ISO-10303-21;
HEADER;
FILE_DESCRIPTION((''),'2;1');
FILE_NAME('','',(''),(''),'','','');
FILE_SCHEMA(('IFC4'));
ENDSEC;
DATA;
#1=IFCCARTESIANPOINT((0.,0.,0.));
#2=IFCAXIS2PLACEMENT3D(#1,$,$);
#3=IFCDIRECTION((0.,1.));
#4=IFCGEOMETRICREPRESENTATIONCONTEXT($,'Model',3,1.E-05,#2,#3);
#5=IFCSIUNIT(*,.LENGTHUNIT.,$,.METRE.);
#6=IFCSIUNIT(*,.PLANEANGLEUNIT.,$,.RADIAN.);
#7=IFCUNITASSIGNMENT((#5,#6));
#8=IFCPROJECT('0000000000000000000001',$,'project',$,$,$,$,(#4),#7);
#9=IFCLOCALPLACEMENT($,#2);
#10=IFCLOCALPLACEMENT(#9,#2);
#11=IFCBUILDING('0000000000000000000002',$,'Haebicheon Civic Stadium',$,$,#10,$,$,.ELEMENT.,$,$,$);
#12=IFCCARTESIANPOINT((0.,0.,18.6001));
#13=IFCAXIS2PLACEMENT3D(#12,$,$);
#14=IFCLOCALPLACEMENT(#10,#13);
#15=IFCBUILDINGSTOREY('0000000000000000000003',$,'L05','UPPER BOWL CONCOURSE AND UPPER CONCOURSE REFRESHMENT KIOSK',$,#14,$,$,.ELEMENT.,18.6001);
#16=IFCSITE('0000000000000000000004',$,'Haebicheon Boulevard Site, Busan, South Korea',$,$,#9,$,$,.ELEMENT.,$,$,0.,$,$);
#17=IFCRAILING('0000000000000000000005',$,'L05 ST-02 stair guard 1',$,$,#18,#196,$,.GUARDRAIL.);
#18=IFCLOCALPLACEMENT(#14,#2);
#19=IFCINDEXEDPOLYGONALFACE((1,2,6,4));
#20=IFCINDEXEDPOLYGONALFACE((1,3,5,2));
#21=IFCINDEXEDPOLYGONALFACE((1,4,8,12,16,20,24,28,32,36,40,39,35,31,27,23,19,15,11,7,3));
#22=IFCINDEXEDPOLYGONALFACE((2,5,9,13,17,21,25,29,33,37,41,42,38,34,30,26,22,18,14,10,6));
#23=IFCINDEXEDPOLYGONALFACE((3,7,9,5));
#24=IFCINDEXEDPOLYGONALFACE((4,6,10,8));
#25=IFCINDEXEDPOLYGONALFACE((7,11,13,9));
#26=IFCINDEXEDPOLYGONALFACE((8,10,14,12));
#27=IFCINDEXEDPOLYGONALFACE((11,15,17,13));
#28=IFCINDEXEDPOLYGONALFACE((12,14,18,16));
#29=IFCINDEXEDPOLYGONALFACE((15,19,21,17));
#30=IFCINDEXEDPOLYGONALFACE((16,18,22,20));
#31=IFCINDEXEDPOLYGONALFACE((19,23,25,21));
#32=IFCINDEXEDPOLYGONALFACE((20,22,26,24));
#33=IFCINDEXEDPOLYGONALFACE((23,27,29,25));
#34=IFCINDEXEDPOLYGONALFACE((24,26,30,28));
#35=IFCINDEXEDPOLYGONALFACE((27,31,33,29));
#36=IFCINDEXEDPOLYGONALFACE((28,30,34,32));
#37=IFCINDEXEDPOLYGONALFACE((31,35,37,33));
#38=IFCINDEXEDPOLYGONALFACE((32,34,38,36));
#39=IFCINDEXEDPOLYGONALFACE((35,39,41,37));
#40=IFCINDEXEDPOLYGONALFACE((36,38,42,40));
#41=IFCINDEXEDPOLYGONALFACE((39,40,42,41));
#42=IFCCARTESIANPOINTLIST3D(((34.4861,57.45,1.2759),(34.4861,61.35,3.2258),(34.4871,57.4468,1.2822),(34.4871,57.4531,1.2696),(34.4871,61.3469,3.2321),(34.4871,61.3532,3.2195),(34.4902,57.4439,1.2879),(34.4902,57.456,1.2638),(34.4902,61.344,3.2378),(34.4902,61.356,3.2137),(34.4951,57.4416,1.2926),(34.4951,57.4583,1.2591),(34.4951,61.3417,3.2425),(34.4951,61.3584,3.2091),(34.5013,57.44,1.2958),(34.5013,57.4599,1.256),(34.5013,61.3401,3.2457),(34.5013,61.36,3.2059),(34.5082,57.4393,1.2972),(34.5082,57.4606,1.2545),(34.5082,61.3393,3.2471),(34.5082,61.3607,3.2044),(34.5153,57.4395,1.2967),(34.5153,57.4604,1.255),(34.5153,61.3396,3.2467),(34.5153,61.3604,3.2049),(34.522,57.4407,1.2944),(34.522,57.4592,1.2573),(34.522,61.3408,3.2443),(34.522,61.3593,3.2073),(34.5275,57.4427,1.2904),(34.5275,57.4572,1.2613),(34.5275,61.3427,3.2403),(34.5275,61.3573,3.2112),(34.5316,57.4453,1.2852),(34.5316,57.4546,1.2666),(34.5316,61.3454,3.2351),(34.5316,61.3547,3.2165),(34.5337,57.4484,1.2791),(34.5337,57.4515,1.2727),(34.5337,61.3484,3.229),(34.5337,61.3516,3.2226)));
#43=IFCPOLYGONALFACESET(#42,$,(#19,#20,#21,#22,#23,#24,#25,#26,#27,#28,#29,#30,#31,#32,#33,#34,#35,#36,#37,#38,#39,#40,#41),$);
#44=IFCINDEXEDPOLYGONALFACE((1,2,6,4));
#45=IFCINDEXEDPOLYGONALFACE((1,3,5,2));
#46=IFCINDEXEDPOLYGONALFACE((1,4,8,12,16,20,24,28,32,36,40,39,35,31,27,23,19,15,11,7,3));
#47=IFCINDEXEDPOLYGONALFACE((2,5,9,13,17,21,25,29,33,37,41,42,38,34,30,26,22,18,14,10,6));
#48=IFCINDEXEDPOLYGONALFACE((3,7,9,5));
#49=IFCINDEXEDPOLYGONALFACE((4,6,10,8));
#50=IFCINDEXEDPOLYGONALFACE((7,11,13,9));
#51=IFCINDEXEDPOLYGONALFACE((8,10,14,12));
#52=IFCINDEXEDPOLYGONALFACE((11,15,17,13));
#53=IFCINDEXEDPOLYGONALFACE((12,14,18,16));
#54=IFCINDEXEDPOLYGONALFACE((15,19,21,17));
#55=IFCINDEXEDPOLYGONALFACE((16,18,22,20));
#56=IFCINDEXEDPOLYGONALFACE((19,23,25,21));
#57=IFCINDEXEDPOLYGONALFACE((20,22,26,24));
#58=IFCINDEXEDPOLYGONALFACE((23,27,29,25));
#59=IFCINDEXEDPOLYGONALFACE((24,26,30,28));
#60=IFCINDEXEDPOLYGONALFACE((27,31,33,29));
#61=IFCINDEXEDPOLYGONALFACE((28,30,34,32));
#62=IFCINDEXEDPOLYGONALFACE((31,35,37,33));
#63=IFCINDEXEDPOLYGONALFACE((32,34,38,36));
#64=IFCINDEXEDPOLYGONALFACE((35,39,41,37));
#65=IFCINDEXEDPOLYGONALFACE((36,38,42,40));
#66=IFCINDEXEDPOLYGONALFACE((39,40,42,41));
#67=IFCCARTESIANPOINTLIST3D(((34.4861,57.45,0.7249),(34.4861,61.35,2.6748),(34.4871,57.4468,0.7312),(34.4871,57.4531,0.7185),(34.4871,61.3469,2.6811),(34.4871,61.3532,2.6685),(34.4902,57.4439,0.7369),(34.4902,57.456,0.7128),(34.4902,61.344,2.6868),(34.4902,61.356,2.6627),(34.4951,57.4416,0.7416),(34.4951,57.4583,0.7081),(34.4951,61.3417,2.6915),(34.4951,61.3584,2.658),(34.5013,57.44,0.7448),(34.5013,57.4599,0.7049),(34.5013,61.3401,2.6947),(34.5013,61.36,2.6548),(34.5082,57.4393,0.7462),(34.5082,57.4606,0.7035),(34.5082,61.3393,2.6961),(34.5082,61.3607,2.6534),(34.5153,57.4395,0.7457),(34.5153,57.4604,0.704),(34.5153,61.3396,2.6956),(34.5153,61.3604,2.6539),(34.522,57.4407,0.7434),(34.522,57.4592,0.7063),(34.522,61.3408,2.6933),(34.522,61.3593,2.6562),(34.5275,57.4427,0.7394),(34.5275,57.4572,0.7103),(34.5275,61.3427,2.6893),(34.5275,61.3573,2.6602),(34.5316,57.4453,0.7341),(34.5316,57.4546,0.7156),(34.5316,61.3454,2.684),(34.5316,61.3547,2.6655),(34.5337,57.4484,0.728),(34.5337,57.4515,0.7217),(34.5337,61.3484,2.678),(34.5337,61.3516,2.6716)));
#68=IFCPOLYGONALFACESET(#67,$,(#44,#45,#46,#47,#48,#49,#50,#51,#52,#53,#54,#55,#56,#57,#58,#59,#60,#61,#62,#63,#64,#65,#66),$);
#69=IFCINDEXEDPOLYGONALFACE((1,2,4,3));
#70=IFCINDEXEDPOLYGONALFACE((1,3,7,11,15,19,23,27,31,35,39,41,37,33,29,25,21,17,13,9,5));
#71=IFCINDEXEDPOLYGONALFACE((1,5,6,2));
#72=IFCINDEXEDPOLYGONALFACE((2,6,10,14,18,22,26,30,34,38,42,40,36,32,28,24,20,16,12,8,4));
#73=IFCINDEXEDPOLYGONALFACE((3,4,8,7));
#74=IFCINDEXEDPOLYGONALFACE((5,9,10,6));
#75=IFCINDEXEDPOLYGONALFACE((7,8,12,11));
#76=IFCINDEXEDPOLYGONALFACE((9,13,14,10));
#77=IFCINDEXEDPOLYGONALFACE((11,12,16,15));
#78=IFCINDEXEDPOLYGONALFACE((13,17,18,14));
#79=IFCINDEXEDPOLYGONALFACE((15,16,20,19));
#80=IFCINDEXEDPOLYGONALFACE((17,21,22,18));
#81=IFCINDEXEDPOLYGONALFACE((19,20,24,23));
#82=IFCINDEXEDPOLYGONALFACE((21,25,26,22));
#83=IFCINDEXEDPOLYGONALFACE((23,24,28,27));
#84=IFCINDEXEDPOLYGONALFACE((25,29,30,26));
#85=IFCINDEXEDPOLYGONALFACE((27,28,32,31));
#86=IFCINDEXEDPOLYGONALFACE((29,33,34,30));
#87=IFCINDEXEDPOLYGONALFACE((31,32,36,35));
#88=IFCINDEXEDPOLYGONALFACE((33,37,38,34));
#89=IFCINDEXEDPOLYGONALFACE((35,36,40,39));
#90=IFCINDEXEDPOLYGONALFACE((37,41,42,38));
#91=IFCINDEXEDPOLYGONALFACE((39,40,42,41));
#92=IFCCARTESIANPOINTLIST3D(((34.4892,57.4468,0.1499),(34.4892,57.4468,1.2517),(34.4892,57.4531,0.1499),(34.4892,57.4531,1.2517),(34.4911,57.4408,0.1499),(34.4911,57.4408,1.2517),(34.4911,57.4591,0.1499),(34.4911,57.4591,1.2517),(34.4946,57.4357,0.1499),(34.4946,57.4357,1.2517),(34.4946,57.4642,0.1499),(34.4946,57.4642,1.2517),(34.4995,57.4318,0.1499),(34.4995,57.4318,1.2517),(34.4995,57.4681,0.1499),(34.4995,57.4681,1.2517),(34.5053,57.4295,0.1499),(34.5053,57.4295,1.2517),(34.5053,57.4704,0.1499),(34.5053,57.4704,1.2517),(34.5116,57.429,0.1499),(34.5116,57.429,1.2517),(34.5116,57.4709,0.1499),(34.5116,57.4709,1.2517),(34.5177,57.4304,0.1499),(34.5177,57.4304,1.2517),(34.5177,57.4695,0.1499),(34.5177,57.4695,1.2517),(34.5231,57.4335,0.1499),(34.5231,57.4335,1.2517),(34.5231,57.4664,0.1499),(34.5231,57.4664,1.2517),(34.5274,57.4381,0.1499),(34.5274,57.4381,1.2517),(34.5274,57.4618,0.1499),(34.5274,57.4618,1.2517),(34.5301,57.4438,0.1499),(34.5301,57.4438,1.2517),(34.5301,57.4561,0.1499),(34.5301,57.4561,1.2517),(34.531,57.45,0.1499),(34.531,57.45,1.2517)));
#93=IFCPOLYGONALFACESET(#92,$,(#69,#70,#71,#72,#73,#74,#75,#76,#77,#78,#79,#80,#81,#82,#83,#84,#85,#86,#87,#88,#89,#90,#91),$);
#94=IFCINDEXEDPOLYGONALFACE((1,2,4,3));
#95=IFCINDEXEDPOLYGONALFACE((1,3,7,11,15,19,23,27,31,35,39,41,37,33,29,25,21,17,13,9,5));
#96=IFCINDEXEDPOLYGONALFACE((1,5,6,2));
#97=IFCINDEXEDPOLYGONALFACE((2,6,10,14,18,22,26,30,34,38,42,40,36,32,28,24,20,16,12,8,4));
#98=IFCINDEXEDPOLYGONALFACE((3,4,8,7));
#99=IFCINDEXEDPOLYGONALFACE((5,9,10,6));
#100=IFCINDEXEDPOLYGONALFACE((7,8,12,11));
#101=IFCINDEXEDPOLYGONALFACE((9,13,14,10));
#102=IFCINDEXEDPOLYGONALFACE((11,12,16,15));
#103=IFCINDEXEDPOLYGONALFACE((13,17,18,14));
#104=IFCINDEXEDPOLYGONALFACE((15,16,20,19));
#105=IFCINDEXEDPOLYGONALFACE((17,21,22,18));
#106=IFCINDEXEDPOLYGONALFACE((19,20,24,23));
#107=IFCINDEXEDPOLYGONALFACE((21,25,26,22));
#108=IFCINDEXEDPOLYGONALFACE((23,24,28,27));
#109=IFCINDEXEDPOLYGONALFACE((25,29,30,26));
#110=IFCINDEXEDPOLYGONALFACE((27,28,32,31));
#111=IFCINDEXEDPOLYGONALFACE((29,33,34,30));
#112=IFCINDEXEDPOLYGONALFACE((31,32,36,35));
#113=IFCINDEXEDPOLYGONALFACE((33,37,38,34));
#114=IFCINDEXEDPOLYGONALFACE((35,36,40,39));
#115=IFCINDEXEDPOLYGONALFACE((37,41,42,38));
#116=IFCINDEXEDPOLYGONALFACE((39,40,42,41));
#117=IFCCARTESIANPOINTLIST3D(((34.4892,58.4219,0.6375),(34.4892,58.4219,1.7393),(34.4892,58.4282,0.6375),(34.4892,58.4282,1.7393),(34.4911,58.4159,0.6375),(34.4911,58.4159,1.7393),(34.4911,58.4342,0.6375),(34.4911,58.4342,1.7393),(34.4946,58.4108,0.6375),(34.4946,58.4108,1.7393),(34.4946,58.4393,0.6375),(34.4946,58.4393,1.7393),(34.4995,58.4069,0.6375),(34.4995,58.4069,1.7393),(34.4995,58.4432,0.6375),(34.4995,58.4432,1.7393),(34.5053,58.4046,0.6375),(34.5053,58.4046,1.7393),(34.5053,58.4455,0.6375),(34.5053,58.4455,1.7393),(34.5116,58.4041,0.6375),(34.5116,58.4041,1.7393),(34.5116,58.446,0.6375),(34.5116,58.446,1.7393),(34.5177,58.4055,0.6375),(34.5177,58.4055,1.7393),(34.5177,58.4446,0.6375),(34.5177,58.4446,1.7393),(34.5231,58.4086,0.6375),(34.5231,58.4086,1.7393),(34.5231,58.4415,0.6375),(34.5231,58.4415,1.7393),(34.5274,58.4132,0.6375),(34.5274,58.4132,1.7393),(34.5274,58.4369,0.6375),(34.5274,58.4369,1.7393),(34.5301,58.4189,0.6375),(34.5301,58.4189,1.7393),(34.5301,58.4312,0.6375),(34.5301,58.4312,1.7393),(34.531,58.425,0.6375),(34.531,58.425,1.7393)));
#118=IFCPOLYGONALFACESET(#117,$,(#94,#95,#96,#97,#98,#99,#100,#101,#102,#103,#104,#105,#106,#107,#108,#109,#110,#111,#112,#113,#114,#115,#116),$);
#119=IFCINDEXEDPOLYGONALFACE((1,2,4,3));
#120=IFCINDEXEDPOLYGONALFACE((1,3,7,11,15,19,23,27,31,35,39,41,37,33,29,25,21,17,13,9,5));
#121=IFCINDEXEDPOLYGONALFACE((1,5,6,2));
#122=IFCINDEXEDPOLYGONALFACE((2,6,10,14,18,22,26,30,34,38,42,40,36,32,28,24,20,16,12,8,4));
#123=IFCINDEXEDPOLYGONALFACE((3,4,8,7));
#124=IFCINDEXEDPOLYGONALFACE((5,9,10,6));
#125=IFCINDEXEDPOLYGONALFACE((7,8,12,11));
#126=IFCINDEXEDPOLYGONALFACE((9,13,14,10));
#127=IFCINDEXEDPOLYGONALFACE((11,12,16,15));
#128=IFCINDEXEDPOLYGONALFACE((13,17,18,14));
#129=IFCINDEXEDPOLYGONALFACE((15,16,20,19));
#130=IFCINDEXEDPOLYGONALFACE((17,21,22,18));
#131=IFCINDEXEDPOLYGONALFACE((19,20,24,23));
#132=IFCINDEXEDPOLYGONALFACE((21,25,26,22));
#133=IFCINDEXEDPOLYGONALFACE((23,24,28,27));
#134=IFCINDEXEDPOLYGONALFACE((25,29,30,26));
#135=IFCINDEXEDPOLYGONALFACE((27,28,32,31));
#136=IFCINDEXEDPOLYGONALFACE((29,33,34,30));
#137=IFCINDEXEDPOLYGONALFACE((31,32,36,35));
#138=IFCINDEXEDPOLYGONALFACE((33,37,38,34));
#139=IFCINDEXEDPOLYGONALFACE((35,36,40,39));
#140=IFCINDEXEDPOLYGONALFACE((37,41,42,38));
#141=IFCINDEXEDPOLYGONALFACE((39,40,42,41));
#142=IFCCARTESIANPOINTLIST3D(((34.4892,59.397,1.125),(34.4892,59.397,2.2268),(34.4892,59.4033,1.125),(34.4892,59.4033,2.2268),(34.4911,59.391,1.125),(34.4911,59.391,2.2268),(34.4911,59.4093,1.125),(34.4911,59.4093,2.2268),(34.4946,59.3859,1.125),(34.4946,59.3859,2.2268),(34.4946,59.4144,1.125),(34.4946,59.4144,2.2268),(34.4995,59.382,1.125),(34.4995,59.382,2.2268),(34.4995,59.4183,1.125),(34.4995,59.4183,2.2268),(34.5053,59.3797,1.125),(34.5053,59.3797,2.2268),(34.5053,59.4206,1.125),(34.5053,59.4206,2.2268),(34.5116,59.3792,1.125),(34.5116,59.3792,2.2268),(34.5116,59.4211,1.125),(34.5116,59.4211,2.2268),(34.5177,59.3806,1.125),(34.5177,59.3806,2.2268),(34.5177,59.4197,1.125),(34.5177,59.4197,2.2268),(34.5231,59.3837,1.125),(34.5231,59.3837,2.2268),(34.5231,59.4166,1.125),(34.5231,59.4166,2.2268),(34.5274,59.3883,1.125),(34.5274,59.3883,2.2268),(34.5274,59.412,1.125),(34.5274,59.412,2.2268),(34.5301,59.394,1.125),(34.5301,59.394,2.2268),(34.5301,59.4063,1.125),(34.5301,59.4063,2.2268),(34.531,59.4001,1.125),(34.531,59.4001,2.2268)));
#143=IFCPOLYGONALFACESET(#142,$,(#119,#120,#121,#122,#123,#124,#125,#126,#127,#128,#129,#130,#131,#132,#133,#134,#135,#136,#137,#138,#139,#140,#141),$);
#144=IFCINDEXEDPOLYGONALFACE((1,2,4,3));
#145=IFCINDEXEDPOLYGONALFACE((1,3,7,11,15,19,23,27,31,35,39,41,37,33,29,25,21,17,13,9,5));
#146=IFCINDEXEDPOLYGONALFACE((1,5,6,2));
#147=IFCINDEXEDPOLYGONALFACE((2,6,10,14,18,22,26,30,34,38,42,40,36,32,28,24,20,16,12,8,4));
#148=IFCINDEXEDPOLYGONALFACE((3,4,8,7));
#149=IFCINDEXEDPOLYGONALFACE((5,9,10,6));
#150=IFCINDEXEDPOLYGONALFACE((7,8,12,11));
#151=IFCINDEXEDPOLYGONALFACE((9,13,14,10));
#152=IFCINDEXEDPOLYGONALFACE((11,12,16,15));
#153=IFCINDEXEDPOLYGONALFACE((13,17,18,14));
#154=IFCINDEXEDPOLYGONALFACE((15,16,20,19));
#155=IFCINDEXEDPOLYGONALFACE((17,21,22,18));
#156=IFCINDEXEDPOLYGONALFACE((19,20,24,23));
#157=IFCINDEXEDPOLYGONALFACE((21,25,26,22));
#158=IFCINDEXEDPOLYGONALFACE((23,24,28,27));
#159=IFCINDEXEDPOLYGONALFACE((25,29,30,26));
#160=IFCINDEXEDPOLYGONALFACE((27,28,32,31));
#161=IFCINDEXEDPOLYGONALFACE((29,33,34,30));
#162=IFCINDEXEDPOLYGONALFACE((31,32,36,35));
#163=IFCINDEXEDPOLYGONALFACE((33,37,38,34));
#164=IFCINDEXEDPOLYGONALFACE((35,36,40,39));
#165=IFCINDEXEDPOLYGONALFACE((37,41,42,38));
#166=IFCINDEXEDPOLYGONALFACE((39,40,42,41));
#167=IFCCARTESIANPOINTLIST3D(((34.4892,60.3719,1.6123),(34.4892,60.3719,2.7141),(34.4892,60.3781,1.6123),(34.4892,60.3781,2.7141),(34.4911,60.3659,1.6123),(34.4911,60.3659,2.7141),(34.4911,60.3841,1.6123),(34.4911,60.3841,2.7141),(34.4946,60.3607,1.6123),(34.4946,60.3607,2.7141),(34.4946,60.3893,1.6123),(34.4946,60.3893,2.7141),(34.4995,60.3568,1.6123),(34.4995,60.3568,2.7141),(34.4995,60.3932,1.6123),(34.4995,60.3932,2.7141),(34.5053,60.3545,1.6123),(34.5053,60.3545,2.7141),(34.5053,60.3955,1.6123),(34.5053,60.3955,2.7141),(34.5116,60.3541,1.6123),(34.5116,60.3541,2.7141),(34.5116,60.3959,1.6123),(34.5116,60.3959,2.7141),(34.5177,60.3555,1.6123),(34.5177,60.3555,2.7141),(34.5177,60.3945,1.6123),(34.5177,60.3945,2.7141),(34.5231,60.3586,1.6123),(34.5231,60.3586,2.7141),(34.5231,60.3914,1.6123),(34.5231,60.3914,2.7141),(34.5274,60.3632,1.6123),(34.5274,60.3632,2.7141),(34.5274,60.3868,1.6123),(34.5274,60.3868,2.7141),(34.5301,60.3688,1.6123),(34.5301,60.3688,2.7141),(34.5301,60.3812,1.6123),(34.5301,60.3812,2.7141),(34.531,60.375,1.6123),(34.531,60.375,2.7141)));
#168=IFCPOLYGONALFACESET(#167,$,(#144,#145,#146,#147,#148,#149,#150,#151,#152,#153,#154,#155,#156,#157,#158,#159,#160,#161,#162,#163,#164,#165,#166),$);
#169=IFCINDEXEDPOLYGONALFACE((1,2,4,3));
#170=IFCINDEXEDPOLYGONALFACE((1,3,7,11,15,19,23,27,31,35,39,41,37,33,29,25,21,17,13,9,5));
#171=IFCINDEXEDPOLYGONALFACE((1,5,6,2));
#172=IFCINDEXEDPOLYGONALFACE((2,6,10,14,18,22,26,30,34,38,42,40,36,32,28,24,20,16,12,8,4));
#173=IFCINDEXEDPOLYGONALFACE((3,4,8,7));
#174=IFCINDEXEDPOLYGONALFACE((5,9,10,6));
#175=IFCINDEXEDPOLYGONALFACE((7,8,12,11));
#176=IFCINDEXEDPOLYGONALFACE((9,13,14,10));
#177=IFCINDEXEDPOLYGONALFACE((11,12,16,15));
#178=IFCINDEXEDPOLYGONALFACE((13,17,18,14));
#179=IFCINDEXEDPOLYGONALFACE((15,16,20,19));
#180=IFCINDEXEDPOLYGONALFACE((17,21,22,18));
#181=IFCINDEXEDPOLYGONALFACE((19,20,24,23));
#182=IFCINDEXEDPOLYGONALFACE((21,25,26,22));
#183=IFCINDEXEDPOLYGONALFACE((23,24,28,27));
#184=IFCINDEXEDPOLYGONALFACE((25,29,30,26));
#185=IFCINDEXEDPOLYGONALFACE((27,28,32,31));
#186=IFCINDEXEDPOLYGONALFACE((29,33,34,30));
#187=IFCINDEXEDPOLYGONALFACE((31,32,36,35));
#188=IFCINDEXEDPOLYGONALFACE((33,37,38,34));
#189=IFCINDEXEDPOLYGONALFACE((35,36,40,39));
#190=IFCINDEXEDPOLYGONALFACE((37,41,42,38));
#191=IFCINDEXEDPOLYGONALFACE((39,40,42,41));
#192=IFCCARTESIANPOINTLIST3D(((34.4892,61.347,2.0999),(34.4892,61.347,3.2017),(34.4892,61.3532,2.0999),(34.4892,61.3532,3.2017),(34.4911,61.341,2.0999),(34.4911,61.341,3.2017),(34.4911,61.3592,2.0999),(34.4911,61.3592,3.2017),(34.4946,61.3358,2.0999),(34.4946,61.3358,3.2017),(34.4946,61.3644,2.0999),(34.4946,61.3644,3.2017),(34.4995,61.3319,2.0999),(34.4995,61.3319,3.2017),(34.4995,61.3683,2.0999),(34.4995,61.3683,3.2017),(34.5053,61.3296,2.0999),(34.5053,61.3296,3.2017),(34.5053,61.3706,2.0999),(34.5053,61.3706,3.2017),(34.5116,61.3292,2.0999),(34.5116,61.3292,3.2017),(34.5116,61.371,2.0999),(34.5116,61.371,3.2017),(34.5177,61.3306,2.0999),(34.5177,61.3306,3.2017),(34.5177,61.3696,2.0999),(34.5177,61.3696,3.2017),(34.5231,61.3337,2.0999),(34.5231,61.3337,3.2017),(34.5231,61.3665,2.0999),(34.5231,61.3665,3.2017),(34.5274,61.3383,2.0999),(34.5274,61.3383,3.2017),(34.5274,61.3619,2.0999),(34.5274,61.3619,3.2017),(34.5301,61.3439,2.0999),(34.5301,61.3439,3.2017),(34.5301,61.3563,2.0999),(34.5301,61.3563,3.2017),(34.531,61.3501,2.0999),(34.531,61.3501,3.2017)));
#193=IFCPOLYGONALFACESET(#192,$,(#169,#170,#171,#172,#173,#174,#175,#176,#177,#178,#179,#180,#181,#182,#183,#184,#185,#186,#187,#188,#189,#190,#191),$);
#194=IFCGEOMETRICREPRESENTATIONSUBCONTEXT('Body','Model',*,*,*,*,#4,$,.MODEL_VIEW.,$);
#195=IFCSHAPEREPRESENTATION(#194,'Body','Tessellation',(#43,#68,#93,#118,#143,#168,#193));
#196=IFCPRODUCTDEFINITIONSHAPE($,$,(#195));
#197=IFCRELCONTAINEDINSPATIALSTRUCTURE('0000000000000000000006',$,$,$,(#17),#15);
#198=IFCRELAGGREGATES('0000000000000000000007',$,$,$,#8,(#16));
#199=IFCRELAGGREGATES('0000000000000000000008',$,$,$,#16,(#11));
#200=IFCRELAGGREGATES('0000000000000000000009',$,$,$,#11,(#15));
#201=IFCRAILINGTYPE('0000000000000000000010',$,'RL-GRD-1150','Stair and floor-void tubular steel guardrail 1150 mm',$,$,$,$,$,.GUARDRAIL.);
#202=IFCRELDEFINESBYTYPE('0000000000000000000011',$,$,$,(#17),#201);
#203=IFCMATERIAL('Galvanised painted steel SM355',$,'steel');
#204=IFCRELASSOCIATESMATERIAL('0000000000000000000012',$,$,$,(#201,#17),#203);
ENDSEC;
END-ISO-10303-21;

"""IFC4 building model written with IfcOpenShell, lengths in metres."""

from ifc_helpers import new_model, si_unit, direction, frame, origin, origin_2d, place, context, subcontext, project, spatial, circle, extrude, material, type_object, element, save


model = new_model("IFC4")

# Units and contexts
model_context = context("Model", 3, precision=1e-05, world=origin(), true_north=direction((0.0, 1.0)))
body_context = subcontext(model_context, "Body", "Model", "MODEL_VIEW")
ifc_project = project(units=[si_unit("LENGTHUNIT", "METRE"), si_unit("PLANEANGLEUNIT", "RADIAN")], contexts=[model_context])

# Site, building, storey
site_placement = place(None, origin())
site = spatial("IfcSite", under=ifc_project, at=site_placement, Name="Haebicheon Boulevard Site, Busan, South Korea", CompositionType="ELEMENT", RefElevation=0.0)
building_placement = place(site_placement, origin())
building = spatial("IfcBuilding", under=site, at=building_placement, Name="Haebicheon Civic Stadium", CompositionType="ELEMENT")
storey_placement = place(building_placement, frame((0.0, 0.0, 18.6001)))
storey = spatial("IfcBuildingStorey", under=building, at=storey_placement, Name="L05", Description="UPPER BOWL CONCOURSE AND UPPER CONCOURSE REFRESHMENT KIOSK", CompositionType="ELEMENT", Elevation=18.6001)

# Railing
ifc_material_1 = material(Name="Galvanised painted steel SM355", Category="steel")
railing_type_1 = type_object("IfcRailingType", Name="RL-GRD-1150", Description="Stair and floor-void tubular steel guardrail 1150 mm", PredefinedType="GUARDRAIL", material=ifc_material_1)
railing_1_placement = place(storey_placement, frame((34.51, 57.45, 0.1499)))
element("IfcRailing", 1, at=railing_1_placement, inside=storey, type_object=railing_type_1, material=ifc_material_1, Name="L05 ST-02 stair guard 1", PredefinedType="GUARDRAIL", context=body_context, shape_type="SweptSolid", body=[
    extrude(circle(Radius=0.0239, at=origin_2d()), frame((0.0, 0.0, 1.126), z_axis=(0.0, 0.894438, 0.447191), x_axis=(-1.0, 0.0, 0.0)), (0.0, 0.0, 1.0), 4.3604),
    extrude(circle(Radius=0.0239, at=origin_2d()), frame((0.0, 0.0, 0.575), z_axis=(0.0, 0.894438, 0.447191), x_axis=(-1.0, 0.0, 0.0)), (0.0, 0.0, 1.0), 4.3604),
    extrude(circle(Radius=0.021, at=origin_2d()), origin(), (0.0, 0.0, 1.0), 1.1018),
    extrude(circle(Radius=0.021, at=origin_2d()), frame((0.0, 0.9751, 0.4875)), (0.0, 0.0, 1.0), 1.1018),
    extrude(circle(Radius=0.021, at=origin_2d()), frame((0.0, 1.9502, 0.9751)), (0.0, 0.0, 1.0), 1.1018),
    extrude(circle(Radius=0.021, at=origin_2d()), frame((0.0, 2.925, 1.4624)), (0.0, 0.0, 1.0), 1.1018),
    extrude(circle(Radius=0.021, at=origin_2d()), frame((0.0, 3.9001, 1.95)), (0.0, 0.0, 1.0), 1.1018),
])

save(model, "model.ifc")
